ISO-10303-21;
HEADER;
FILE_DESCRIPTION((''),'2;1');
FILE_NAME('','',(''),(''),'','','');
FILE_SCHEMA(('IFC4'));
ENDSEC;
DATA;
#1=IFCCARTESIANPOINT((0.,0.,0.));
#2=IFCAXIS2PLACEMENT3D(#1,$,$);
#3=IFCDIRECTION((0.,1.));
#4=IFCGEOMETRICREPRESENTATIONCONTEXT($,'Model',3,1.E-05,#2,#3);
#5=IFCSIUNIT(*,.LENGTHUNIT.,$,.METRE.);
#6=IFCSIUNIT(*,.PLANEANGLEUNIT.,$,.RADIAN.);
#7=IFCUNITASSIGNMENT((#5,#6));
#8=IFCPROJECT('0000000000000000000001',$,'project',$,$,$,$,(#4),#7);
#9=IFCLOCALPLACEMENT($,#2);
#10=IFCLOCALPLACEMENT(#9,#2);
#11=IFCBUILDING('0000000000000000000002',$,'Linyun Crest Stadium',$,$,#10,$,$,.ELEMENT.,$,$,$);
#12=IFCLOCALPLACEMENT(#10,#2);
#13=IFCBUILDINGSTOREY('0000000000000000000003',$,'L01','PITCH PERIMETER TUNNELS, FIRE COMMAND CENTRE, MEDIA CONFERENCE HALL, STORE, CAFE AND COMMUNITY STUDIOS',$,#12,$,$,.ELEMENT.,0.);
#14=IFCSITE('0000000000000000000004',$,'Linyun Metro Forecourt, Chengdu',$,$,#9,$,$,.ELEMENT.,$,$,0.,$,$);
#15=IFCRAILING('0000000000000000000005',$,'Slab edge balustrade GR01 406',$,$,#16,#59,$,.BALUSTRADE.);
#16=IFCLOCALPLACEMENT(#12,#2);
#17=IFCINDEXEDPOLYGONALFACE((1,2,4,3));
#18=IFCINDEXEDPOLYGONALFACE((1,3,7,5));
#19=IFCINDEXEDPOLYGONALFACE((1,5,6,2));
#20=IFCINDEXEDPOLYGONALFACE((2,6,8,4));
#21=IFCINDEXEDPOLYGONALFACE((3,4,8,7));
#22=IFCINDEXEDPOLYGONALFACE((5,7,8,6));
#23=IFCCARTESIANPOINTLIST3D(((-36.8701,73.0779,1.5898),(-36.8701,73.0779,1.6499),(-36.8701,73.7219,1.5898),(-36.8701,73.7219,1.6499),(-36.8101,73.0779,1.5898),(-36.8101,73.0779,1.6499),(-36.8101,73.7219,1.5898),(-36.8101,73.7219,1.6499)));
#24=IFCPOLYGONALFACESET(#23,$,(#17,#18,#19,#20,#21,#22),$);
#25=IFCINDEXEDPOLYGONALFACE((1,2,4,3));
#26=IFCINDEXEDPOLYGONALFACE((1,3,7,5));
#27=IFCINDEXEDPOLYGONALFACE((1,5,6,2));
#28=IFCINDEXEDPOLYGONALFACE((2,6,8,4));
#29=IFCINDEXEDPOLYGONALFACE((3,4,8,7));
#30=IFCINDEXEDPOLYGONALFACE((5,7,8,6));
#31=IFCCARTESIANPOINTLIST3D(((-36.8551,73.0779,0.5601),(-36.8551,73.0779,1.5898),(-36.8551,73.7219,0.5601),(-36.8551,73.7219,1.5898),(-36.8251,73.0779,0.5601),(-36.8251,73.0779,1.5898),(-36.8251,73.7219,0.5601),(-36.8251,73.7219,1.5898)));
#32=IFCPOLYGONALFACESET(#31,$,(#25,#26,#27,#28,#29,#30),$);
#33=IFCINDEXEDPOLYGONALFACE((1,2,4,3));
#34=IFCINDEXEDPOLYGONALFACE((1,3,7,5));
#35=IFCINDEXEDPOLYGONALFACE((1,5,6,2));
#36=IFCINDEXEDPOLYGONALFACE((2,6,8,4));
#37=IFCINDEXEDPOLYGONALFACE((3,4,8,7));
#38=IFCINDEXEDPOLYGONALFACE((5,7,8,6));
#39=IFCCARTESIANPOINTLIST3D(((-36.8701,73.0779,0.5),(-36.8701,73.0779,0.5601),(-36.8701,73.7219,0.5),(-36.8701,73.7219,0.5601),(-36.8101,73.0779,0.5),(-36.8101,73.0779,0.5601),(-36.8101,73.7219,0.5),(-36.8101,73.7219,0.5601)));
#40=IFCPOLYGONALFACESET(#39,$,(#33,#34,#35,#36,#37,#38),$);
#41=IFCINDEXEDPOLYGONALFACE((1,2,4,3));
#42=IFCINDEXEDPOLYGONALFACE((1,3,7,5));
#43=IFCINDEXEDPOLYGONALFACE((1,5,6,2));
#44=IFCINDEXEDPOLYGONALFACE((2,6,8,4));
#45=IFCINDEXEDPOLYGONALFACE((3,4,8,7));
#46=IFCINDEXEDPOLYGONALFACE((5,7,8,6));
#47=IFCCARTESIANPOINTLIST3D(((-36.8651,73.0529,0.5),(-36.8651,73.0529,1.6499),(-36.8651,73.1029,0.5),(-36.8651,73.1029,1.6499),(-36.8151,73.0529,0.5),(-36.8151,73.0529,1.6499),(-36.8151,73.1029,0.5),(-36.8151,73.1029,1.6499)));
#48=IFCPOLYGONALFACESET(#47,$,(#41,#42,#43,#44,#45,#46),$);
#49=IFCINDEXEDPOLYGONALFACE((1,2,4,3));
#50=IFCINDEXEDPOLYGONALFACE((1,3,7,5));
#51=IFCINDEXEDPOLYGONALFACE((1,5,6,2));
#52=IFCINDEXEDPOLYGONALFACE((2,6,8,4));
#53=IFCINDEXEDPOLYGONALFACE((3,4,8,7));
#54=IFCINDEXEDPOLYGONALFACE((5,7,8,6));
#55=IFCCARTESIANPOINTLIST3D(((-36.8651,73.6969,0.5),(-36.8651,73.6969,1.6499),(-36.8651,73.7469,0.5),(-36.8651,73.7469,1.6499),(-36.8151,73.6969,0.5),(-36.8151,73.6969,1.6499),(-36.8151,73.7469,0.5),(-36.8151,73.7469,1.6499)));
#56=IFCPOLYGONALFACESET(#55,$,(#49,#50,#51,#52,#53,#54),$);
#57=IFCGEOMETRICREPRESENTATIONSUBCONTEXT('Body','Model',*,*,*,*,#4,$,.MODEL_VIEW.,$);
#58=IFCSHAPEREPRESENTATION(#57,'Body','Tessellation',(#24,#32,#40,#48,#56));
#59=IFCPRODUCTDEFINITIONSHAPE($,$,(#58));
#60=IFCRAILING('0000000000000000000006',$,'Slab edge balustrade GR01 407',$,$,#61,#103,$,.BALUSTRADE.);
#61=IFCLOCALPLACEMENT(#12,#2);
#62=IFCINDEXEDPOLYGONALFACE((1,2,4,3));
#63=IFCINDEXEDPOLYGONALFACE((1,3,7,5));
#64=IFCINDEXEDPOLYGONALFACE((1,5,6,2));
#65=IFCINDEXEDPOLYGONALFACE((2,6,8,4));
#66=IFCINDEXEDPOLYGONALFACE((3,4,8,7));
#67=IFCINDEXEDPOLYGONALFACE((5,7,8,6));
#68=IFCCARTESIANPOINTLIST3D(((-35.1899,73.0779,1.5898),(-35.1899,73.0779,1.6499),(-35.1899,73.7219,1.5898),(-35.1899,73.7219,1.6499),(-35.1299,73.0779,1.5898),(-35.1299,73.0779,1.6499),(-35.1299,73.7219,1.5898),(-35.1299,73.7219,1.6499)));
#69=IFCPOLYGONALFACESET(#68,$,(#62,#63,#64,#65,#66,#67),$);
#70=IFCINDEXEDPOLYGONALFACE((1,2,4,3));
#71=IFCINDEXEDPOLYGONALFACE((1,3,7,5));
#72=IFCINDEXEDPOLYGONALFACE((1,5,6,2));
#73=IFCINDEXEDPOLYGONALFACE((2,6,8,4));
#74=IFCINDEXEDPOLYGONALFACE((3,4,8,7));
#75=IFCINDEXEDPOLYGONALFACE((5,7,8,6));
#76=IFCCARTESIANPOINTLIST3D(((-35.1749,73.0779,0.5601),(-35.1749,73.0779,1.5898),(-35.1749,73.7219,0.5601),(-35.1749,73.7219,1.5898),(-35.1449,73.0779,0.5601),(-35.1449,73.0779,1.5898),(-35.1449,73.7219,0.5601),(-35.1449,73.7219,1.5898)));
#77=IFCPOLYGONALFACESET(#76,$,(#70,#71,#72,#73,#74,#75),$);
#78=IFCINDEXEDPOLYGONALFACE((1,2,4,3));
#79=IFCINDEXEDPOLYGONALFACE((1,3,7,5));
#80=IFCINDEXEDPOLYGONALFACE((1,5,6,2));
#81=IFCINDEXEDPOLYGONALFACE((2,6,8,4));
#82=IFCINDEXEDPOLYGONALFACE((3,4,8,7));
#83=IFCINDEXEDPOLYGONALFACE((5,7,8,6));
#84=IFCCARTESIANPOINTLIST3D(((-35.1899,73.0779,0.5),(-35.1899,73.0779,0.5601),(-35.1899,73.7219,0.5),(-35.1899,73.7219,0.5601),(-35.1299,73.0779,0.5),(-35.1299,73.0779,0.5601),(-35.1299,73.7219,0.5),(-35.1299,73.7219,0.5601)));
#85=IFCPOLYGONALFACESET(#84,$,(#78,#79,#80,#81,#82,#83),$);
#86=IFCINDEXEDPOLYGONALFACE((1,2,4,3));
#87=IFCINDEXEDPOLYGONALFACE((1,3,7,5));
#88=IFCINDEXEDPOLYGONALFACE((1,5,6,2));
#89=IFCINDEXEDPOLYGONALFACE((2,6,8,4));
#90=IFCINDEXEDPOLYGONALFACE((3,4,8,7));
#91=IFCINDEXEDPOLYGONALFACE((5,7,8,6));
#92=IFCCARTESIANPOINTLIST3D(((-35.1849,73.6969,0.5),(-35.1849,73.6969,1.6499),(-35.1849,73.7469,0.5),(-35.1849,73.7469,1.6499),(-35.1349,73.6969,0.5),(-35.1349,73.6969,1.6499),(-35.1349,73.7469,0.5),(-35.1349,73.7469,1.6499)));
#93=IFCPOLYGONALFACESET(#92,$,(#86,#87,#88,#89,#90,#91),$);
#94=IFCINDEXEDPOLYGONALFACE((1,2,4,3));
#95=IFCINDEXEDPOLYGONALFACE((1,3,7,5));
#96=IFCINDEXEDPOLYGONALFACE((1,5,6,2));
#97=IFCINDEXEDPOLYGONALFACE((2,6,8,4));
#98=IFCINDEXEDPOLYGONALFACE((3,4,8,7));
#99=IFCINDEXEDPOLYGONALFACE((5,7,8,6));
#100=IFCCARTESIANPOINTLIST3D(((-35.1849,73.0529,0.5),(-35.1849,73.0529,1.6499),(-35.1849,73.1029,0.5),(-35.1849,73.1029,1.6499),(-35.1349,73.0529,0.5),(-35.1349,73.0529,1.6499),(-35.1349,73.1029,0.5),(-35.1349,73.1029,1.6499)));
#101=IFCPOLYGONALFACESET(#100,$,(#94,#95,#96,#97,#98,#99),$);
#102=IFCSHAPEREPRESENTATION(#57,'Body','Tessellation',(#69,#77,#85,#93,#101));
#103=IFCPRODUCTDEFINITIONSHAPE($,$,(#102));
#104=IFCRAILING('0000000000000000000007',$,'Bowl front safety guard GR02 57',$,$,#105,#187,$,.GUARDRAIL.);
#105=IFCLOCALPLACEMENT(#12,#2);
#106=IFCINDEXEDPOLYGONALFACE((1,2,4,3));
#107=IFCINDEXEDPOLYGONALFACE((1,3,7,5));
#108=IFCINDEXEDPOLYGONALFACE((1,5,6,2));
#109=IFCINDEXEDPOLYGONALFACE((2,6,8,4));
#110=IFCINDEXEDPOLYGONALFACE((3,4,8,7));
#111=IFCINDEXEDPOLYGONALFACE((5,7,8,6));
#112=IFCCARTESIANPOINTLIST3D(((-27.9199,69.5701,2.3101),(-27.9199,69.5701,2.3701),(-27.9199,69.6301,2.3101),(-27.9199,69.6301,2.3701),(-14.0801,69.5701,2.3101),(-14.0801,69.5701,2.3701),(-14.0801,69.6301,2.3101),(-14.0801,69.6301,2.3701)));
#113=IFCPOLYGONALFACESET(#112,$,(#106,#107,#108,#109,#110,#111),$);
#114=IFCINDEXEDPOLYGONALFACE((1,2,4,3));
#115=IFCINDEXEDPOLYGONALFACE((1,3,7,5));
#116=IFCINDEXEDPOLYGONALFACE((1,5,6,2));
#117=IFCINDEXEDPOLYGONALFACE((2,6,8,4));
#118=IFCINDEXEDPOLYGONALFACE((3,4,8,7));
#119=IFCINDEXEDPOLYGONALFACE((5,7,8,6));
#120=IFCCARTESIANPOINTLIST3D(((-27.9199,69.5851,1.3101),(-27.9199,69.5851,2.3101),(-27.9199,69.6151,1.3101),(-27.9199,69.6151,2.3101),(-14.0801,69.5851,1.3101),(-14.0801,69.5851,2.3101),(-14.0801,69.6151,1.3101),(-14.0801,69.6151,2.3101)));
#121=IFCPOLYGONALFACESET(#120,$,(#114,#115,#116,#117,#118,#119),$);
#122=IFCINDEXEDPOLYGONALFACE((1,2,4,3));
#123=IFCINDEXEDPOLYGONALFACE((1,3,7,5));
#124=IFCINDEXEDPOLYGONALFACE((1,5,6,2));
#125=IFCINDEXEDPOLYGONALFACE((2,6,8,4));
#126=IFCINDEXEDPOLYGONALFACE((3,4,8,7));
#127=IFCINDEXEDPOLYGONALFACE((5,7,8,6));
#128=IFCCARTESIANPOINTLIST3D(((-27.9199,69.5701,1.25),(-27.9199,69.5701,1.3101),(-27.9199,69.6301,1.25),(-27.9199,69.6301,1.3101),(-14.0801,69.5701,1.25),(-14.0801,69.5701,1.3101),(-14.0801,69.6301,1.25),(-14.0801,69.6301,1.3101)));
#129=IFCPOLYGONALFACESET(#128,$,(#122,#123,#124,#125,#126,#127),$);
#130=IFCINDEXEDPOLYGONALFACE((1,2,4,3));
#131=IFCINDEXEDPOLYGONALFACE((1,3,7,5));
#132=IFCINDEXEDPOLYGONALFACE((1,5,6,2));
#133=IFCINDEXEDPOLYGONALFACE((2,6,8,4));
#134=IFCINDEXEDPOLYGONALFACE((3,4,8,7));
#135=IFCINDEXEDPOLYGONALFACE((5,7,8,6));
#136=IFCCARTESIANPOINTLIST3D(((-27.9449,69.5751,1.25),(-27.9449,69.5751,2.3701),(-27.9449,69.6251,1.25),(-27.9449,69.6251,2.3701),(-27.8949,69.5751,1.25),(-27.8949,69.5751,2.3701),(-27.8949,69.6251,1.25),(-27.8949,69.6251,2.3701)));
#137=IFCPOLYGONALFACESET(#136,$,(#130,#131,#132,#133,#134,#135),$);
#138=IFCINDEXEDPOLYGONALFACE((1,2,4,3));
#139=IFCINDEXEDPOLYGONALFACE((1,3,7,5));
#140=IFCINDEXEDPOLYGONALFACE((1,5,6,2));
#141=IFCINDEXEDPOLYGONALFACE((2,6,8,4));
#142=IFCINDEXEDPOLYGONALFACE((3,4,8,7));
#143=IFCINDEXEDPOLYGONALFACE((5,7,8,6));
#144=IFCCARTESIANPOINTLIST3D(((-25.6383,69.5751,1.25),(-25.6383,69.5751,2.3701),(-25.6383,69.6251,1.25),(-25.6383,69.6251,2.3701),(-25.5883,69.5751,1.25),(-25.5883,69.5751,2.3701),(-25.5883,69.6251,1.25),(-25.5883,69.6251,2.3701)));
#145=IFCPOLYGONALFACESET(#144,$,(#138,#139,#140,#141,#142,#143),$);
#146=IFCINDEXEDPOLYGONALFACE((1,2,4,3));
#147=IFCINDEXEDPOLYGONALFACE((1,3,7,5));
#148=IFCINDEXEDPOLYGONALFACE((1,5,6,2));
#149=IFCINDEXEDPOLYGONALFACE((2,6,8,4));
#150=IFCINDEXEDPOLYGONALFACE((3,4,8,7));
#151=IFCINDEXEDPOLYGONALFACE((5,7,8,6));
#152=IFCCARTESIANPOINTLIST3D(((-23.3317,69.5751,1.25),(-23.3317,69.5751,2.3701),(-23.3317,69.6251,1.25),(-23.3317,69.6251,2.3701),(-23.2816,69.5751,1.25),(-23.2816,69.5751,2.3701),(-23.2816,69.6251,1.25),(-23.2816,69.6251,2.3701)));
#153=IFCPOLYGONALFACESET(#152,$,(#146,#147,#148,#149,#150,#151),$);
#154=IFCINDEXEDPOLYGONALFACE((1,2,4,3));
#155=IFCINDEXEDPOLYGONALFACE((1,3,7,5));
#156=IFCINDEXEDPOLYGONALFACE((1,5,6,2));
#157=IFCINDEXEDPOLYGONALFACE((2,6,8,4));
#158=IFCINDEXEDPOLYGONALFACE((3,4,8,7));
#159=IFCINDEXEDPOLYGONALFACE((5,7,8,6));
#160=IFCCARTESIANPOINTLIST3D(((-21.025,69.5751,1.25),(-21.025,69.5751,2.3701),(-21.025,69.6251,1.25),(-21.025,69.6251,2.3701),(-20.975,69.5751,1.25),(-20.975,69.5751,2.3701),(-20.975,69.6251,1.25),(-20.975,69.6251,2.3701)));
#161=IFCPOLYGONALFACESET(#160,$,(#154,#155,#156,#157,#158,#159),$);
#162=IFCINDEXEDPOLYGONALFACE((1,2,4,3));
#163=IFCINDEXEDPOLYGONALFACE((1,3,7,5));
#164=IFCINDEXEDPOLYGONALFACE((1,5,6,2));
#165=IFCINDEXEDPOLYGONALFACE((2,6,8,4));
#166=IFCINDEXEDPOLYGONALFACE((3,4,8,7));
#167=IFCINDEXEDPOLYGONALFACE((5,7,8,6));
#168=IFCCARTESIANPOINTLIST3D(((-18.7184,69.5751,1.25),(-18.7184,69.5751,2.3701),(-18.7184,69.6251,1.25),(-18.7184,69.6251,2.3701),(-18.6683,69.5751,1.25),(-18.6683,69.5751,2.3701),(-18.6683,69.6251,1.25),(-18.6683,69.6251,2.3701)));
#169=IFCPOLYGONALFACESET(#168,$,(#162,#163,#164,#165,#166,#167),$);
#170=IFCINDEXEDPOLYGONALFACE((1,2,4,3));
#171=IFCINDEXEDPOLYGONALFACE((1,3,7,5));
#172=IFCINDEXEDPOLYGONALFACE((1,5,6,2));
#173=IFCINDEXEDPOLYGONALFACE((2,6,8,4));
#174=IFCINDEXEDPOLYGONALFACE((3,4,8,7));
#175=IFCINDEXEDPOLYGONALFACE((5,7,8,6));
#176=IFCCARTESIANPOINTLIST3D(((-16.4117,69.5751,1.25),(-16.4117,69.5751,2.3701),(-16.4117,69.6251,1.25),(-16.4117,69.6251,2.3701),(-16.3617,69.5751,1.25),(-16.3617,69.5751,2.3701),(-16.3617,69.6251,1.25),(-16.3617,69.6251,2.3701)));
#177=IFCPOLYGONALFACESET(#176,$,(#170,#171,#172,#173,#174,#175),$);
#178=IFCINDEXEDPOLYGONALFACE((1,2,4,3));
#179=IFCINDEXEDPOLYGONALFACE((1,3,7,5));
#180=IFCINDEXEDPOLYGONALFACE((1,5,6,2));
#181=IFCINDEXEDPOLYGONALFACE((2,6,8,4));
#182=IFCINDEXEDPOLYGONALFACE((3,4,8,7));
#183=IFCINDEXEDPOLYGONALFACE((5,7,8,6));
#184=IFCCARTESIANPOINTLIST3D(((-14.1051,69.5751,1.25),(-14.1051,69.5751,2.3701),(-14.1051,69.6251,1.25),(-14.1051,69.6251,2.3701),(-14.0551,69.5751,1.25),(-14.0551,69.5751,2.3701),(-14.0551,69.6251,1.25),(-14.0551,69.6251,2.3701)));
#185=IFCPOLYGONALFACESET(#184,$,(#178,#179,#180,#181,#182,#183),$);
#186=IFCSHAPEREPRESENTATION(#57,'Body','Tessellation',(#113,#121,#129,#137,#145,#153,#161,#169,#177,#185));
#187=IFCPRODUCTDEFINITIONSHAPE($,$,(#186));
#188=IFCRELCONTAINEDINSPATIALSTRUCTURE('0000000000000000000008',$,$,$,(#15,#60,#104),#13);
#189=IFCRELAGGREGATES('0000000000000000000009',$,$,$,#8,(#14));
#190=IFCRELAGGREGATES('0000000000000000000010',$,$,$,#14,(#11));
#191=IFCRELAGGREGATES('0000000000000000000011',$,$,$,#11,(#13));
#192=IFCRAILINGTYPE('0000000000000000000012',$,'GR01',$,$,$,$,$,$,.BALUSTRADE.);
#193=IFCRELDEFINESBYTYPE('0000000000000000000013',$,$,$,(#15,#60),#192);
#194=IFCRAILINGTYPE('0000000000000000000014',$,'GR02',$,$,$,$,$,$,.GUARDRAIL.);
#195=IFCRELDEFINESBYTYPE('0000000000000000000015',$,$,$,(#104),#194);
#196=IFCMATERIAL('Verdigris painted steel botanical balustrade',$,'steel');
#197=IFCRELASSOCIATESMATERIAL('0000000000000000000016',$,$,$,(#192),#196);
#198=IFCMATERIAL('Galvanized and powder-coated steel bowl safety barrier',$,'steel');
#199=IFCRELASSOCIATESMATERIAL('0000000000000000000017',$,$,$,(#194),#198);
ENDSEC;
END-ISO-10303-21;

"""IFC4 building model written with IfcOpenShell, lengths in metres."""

from ifc_helpers import new_model, si_unit, direction, frame, origin, origin_2d, place, context, subcontext, project, spatial, rectangle, extrude, material, type_object, element, save


model = new_model("IFC4")

# Units and contexts
model_context = context("Model", 3, precision=1e-05, world=origin(), true_north=direction((0.0, 1.0)))
body_context = subcontext(model_context, "Body", "Model", "MODEL_VIEW")
ifc_project = project(units=[si_unit("LENGTHUNIT", "METRE"), si_unit("PLANEANGLEUNIT", "RADIAN")], contexts=[model_context])

# Site, building, storey
site_placement = place(None, origin())
site = spatial("IfcSite", under=ifc_project, at=site_placement, Name="Linyun Metro Forecourt, Chengdu", CompositionType="ELEMENT", RefElevation=0.0)
building_placement = place(site_placement, origin())
building = spatial("IfcBuilding", under=site, at=building_placement, Name="Linyun Crest Stadium", CompositionType="ELEMENT")
storey_placement = place(building_placement, origin())
storey = spatial("IfcBuildingStorey", under=building, at=storey_placement, Name="L01", Description="PITCH PERIMETER TUNNELS, FIRE COMMAND CENTRE, MEDIA CONFERENCE HALL, STORE, CAFE AND COMMUNITY STUDIOS", CompositionType="ELEMENT", Elevation=0.0)

# Railings
ifc_material_1 = material(Name="Verdigris painted steel botanical balustrade", Category="steel")
railing_type_1 = type_object("IfcRailingType", Name="GR01", PredefinedType="BALUSTRADE", material=ifc_material_1)
railing_1_placement = place(storey_placement, frame((-36.8401, 73.0779, 0.5)))
element("IfcRailing", 1, at=railing_1_placement, inside=storey, type_object=railing_type_1, Name="Slab edge balustrade GR01 406", PredefinedType="BALUSTRADE", context=body_context, shape_type="SweptSolid", body=[
    extrude(rectangle(XDim=0.0601, YDim=0.0601, at=origin_2d()), frame((0.0, 0.0, 1.1199), z_axis=(0.0, 1.0, 0.0), x_axis=(-1.0, 0.0, 0.0)), (0.0, 0.0, 1.0), 0.644),
    extrude(rectangle(XDim=0.03, YDim=1.0298, at=origin_2d()), frame((0.0, 0.0, 0.575), z_axis=(0.0, 1.0, 0.0), x_axis=(-1.0, 0.0, 0.0)), (0.0, 0.0, 1.0), 0.644),
    extrude(rectangle(XDim=0.0601, YDim=0.0601, at=origin_2d()), frame((0.0, 0.0, 0.03), z_axis=(0.0, 1.0, 0.0), x_axis=(-1.0, 0.0, 0.0)), (0.0, 0.0, 1.0), 0.644),
    extrude(rectangle(XDim=0.05, YDim=0.05, at=origin_2d()), origin(), (0.0, 0.0, 1.0), 1.1499),
    extrude(rectangle(XDim=0.05, YDim=0.05, at=origin_2d()), frame((0.0, 0.644, 0.0)), (0.0, 0.0, 1.0), 1.1499),
])
railing_2_placement = place(storey_placement, frame((-35.1599, 73.7219, 0.5)))
element("IfcRailing", 2, at=railing_2_placement, inside=storey, type_object=railing_type_1, Name="Slab edge balustrade GR01 407", PredefinedType="BALUSTRADE", context=body_context, shape_type="SweptSolid", body=[
    extrude(rectangle(XDim=0.0601, YDim=0.0601, at=origin_2d()), frame((0.0, 0.0, 1.1199), z_axis=(0.0, -1.0, 0.0), x_axis=(1.0, 0.0, 0.0)), (0.0, 0.0, 1.0), 0.644),
    extrude(rectangle(XDim=0.03, YDim=1.0298, at=origin_2d()), frame((0.0, 0.0, 0.575), z_axis=(0.0, -1.0, 0.0), x_axis=(1.0, 0.0, 0.0)), (0.0, 0.0, 1.0), 0.644),
    extrude(rectangle(XDim=0.0601, YDim=0.0601, at=origin_2d()), frame((0.0, 0.0, 0.03), z_axis=(0.0, -1.0, 0.0), x_axis=(1.0, 0.0, 0.0)), (0.0, 0.0, 1.0), 0.644),
    extrude(rectangle(XDim=0.05, YDim=0.05, at=origin_2d()), origin(), (0.0, 0.0, 1.0), 1.1499),
    extrude(rectangle(XDim=0.05, YDim=0.05, at=origin_2d()), frame((0.0, -0.644, 0.0)), (0.0, 0.0, 1.0), 1.1499),
])
ifc_material_2 = material(Name="Galvanized and powder-coated steel bowl safety barrier", Category="steel")
railing_type_2 = type_object("IfcRailingType", Name="GR02", PredefinedType="GUARDRAIL", material=ifc_material_2)
for number, where, name in (
    (3, (-27.9199, 69.6001, 1.25), "Bowl front safety guard GR02 57"),
):
    element("IfcRailing", number, at=place(storey_placement, frame(where)), inside=storey, type_object=railing_type_2, Name=name, PredefinedType="GUARDRAIL", context=body_context, shape_type="SweptSolid", body=[
        extrude(rectangle(XDim=0.0601, YDim=0.0601, at=origin_2d()), frame((0.0, 0.0, 1.0901), z_axis=(1.0, 0.0, 0.0), x_axis=(0.0, 1.0, 0.0)), (0.0, 0.0, 1.0), 13.8398),
        extrude(rectangle(XDim=0.03, YDim=1.0, at=origin_2d()), frame((0.0, 0.0, 0.5601), z_axis=(1.0, 0.0, 0.0), x_axis=(0.0, 1.0, 0.0)), (0.0, 0.0, 1.0), 13.8398),
        extrude(rectangle(XDim=0.0601, YDim=0.0601, at=origin_2d()), frame((0.0, 0.0, 0.03), z_axis=(1.0, 0.0, 0.0), x_axis=(0.0, 1.0, 0.0)), (0.0, 0.0, 1.0), 13.8398),
        extrude(rectangle(XDim=0.05, YDim=0.05, at=origin_2d()), origin(), (0.0, 0.0, 1.0), 1.1201),
        extrude(rectangle(XDim=0.05, YDim=0.05, at=origin_2d()), frame((2.3066, 0.0, 0.0)), (0.0, 0.0, 1.0), 1.1201),
        extrude(rectangle(XDim=0.05, YDim=0.05, at=origin_2d()), frame((4.6133, 0.0, 0.0)), (0.0, 0.0, 1.0), 1.1201),
        extrude(rectangle(XDim=0.05, YDim=0.05, at=origin_2d()), frame((6.9199, 0.0, 0.0)), (0.0, 0.0, 1.0), 1.1201),
        extrude(rectangle(XDim=0.05, YDim=0.05, at=origin_2d()), frame((9.2266, 0.0, 0.0)), (0.0, 0.0, 1.0), 1.1201),
        extrude(rectangle(XDim=0.05, YDim=0.05, at=origin_2d()), frame((11.5332, 0.0, 0.0)), (0.0, 0.0, 1.0), 1.1201),
        extrude(rectangle(XDim=0.05, YDim=0.05, at=origin_2d()), frame((13.8398, 0.0, 0.0)), (0.0, 0.0, 1.0), 1.1201),
    ])

save(model, "model.ifc")
